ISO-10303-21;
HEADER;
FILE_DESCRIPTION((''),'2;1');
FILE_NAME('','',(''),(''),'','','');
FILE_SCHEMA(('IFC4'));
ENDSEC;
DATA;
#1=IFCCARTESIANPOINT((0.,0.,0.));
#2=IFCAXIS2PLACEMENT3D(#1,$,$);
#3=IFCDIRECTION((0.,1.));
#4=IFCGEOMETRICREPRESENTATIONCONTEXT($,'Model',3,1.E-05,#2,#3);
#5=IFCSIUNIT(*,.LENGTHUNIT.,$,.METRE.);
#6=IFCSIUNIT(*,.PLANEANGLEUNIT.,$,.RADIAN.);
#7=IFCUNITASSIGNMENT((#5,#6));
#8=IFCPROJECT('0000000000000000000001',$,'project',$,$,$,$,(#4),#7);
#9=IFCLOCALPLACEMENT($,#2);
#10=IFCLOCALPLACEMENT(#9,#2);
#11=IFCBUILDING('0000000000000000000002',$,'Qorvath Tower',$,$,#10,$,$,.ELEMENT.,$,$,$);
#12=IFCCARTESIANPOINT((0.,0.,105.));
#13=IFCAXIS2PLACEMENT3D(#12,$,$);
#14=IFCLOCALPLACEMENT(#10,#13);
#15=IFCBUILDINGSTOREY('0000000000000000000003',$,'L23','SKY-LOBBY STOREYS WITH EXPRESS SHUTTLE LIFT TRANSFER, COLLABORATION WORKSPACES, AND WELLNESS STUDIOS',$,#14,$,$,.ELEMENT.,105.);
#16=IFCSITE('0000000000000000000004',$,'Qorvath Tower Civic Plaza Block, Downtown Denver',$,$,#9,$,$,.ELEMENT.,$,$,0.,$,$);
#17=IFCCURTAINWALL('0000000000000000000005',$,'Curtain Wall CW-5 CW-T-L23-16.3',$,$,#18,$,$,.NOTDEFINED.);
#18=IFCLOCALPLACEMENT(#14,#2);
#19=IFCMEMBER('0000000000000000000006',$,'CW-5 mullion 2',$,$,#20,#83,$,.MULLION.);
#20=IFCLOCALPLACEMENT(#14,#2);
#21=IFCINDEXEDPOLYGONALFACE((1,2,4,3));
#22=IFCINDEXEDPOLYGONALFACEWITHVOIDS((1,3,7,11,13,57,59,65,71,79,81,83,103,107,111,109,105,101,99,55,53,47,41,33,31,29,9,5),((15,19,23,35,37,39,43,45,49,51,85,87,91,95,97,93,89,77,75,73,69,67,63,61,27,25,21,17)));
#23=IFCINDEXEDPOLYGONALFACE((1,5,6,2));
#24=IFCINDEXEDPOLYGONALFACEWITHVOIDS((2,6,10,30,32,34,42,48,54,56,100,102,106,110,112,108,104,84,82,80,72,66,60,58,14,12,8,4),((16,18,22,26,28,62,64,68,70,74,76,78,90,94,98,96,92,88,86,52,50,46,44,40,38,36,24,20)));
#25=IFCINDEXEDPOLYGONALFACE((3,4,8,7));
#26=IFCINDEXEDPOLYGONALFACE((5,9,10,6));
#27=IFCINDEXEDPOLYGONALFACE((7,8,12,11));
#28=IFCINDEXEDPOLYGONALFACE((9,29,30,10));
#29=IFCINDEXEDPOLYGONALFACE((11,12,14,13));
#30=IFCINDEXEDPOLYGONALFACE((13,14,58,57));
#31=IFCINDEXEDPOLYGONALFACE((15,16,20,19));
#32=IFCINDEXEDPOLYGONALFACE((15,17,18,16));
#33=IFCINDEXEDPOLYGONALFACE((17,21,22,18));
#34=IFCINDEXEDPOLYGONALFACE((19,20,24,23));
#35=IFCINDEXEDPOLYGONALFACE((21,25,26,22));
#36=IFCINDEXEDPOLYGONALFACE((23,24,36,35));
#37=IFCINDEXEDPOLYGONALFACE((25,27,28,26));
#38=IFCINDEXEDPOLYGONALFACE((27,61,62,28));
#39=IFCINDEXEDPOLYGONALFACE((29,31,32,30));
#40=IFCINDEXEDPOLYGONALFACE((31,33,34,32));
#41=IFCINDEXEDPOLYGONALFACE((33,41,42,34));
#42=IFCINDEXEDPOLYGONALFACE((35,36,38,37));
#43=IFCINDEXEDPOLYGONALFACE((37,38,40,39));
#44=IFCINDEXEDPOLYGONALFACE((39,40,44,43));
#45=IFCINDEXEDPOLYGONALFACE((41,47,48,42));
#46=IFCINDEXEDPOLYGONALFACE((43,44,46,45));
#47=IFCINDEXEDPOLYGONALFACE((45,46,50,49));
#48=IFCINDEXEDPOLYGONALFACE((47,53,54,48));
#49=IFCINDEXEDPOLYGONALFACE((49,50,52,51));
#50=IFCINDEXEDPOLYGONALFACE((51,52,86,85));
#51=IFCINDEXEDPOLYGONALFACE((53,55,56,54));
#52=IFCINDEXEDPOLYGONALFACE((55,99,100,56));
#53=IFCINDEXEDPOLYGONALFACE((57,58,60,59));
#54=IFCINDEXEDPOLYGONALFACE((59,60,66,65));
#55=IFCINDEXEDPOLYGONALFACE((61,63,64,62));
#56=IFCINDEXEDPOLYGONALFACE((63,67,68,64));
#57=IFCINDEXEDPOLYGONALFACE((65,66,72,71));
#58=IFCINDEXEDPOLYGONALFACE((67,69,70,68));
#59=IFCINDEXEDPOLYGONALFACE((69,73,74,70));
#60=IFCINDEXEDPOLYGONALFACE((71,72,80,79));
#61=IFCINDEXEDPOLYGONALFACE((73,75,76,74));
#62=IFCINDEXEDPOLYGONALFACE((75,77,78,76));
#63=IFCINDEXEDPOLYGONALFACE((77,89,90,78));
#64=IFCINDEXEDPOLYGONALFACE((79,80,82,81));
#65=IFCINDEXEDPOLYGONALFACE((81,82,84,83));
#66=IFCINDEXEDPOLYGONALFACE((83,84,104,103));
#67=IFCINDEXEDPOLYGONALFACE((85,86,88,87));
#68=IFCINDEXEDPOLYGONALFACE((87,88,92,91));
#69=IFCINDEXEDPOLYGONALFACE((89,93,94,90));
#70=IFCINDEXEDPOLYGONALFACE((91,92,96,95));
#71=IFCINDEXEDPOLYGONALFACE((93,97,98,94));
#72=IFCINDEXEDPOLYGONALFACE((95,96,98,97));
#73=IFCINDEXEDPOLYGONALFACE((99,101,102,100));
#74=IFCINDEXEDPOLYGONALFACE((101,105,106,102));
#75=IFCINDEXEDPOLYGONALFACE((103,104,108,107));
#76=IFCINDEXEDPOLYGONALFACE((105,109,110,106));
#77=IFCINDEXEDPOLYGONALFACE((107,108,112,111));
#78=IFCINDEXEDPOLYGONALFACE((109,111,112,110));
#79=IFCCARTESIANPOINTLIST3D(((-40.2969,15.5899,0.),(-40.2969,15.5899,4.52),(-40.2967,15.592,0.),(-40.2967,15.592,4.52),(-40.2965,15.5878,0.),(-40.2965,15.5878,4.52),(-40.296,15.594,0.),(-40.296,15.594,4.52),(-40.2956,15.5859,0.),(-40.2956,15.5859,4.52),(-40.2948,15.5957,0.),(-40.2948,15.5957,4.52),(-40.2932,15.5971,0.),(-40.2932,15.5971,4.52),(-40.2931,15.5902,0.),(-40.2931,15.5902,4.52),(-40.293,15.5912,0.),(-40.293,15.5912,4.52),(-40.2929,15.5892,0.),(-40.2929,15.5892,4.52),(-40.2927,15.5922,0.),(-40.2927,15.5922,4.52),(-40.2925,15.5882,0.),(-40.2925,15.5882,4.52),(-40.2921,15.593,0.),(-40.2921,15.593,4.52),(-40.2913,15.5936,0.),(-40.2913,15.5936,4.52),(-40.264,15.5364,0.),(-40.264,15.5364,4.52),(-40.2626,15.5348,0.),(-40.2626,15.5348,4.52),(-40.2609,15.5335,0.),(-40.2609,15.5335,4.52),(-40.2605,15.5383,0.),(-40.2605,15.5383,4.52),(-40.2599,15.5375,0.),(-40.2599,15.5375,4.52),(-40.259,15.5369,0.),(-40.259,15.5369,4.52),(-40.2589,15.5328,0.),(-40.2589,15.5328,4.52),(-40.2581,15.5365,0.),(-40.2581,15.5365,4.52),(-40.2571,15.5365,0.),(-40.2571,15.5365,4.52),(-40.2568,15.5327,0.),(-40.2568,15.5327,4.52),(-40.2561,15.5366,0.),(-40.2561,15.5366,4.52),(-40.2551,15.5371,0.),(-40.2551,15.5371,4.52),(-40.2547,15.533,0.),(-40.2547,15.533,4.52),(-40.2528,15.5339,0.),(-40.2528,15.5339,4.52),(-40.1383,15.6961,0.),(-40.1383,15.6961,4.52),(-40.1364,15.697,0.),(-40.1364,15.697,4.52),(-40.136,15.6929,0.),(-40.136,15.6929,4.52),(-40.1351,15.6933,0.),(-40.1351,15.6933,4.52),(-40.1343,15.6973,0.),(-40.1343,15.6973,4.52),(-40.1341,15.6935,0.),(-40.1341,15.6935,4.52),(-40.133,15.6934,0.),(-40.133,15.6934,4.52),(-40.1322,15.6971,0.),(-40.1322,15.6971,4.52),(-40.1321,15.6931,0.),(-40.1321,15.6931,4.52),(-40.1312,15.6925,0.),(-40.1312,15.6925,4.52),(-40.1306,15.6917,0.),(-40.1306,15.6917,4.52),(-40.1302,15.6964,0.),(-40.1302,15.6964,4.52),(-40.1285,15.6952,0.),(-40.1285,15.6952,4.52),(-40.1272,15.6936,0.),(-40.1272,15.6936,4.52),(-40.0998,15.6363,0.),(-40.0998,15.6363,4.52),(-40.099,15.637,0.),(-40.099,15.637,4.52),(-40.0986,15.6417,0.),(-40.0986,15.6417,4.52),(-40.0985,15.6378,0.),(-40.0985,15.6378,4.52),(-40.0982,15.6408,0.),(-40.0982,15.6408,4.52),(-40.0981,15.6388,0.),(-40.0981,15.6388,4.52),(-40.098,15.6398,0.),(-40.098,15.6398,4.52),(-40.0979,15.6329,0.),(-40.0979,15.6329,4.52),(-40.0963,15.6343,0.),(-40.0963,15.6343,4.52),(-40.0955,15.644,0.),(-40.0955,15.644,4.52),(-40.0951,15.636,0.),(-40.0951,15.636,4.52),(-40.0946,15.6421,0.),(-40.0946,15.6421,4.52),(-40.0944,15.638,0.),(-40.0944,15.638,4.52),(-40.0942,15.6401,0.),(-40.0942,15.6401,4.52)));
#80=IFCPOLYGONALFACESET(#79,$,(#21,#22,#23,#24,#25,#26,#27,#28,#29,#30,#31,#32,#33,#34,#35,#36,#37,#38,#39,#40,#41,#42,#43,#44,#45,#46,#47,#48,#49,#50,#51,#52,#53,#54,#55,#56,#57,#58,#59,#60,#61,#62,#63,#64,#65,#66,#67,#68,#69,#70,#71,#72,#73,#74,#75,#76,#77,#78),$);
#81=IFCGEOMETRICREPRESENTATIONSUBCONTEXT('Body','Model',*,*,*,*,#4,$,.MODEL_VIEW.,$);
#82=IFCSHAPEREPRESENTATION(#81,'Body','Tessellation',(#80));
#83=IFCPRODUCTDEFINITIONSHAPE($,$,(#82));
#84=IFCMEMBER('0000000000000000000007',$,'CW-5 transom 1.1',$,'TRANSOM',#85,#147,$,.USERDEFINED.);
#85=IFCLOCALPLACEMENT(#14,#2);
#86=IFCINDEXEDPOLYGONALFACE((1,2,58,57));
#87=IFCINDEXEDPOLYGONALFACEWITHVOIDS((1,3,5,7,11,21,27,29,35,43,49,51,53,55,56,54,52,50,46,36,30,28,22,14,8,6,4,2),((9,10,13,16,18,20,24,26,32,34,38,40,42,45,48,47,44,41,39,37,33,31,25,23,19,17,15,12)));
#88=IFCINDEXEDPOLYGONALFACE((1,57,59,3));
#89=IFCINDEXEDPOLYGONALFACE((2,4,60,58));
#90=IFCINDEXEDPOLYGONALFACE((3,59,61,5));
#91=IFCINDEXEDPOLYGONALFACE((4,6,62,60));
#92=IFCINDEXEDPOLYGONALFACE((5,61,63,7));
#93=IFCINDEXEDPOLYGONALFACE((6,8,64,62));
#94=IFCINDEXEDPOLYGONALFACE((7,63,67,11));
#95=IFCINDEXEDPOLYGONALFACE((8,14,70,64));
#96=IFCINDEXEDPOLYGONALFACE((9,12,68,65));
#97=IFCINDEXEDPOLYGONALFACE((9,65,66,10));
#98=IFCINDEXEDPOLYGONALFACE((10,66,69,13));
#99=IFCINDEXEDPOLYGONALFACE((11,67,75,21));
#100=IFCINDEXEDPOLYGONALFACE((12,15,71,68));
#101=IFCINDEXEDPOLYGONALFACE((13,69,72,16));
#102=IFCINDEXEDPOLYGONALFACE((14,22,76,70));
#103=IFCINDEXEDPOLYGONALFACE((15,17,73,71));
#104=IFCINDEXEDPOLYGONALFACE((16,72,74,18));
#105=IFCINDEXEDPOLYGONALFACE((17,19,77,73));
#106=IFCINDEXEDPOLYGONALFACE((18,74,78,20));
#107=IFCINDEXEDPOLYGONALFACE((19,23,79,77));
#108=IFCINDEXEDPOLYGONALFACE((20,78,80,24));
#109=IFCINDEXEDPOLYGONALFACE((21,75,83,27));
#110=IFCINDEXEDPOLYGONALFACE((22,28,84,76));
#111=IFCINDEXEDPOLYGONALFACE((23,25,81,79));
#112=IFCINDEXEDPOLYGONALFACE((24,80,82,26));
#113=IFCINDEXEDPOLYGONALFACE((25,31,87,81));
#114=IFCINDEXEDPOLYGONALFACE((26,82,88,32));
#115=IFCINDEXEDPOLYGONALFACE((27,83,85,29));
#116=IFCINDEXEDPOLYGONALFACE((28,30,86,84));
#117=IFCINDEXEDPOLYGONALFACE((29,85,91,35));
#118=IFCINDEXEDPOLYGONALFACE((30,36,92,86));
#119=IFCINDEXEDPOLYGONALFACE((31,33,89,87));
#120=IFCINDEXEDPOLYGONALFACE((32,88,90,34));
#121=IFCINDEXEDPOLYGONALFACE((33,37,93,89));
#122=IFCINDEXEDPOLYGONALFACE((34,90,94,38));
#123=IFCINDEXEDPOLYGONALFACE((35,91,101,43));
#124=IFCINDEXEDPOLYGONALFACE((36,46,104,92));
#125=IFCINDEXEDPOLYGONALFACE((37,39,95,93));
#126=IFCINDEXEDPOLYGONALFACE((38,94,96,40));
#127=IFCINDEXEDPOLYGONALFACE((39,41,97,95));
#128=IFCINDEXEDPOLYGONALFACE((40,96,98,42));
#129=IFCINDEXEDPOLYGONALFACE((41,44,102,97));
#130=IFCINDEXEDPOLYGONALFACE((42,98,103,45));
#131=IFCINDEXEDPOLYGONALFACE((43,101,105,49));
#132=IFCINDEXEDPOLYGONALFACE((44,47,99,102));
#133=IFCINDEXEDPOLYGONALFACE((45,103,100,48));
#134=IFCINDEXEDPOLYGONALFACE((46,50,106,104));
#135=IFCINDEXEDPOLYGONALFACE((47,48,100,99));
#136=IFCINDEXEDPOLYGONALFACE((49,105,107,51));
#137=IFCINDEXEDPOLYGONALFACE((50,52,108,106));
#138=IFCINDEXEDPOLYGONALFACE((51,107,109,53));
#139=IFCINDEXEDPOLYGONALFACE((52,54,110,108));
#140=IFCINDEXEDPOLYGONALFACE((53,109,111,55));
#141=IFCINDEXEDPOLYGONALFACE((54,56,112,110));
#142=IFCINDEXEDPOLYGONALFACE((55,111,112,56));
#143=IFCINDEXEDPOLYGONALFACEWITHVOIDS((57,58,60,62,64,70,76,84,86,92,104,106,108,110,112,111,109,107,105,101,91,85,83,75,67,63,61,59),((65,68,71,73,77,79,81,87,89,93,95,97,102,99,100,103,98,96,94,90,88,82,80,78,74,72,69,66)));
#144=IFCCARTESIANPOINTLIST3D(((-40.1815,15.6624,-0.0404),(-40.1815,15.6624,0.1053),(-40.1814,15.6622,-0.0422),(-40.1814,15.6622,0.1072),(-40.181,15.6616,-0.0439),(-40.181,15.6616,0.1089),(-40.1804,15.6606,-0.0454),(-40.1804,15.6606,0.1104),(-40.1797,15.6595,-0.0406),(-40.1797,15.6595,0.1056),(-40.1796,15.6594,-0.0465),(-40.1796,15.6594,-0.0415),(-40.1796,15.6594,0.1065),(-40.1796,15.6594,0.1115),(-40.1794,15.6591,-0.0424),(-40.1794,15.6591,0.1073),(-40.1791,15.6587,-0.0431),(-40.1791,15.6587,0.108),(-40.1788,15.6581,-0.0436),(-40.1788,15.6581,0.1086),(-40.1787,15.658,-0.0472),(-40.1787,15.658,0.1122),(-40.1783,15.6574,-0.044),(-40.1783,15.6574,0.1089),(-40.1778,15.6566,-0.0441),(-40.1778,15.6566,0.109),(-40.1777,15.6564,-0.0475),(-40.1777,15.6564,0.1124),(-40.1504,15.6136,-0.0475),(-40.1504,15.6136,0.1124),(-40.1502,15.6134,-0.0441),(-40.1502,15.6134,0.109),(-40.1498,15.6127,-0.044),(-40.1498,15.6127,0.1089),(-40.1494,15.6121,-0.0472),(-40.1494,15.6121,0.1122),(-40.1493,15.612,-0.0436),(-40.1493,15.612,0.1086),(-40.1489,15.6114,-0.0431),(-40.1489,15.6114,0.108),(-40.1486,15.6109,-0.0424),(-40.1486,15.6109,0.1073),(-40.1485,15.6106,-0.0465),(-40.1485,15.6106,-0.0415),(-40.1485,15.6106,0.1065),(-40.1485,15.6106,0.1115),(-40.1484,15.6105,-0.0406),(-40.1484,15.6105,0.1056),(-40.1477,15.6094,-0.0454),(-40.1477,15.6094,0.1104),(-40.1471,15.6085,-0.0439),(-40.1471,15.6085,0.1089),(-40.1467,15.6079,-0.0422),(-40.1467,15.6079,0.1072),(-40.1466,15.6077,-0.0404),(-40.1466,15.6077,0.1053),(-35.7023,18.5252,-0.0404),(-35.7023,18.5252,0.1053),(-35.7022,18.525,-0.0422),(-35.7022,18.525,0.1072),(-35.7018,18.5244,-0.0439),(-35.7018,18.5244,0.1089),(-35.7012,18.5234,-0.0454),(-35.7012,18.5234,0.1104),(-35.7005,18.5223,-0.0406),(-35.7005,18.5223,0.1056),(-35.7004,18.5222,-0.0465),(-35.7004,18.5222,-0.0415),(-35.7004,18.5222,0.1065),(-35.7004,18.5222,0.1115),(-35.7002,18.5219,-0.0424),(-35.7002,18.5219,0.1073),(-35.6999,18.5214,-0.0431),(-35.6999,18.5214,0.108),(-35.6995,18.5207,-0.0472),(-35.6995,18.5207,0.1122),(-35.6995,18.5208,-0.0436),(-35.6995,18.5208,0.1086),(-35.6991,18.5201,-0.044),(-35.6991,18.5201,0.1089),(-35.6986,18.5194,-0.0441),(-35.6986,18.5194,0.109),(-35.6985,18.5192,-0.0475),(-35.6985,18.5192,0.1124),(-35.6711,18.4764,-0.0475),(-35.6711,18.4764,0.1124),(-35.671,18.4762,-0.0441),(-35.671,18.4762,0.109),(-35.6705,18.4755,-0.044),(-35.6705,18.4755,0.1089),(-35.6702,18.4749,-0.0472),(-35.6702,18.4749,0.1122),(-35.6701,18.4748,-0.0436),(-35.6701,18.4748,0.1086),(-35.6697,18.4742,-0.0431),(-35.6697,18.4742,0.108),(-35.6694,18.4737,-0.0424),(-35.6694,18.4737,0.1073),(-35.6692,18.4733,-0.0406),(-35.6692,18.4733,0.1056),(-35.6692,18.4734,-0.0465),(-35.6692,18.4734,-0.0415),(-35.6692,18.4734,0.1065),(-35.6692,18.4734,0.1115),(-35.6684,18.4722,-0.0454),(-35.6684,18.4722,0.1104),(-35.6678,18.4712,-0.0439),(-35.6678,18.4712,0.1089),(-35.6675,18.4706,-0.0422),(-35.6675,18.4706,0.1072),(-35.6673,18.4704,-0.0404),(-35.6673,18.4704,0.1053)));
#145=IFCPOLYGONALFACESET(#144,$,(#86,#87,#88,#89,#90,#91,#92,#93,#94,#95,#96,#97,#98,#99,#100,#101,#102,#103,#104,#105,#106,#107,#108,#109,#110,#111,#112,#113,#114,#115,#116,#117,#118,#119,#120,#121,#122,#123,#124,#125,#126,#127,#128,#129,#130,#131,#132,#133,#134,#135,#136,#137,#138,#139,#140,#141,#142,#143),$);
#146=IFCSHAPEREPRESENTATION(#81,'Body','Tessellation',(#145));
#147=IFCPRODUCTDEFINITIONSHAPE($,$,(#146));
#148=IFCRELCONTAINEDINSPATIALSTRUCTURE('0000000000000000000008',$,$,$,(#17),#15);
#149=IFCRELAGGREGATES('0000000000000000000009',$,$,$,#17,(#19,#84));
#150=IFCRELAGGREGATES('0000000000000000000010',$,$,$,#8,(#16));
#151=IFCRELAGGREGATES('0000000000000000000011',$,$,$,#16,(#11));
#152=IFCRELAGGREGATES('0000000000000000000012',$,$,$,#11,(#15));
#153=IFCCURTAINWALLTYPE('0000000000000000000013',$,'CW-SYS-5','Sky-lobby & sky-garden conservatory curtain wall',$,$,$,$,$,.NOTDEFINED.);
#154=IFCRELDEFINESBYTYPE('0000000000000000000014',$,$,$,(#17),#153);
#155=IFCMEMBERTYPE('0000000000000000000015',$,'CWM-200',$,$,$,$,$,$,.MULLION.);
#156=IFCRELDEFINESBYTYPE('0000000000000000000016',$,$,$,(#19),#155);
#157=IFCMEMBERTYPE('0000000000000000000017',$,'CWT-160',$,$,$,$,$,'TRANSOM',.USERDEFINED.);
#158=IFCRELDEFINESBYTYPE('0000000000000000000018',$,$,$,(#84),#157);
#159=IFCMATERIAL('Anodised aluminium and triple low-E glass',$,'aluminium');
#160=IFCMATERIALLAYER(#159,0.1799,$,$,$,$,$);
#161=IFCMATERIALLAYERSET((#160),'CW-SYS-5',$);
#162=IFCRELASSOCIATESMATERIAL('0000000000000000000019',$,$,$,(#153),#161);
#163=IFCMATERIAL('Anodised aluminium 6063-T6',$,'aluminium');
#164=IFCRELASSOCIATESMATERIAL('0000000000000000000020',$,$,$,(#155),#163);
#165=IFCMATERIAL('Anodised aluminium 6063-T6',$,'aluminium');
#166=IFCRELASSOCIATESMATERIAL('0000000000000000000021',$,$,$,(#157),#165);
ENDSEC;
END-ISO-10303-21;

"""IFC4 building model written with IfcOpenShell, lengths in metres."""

from ifc_helpers import new_model, si_unit, direction, frame, origin, origin_2d, place, context, subcontext, project, spatial, hollow_rectangle, extrude, material, layer, layer_set, material_profile, profile_set, type_object, element, aggregate, save


model = new_model("IFC4")

# Units and contexts
model_context = context("Model", 3, precision=1e-05, world=origin(), true_north=direction((0.0, 1.0)))
body_context = subcontext(model_context, "Body", "Model", "MODEL_VIEW")
ifc_project = project(units=[si_unit("LENGTHUNIT", "METRE"), si_unit("PLANEANGLEUNIT", "RADIAN")], contexts=[model_context])

# Site, building, storey
site_placement = place(None, origin())
site = spatial("IfcSite", under=ifc_project, at=site_placement, Name="Qorvath Tower Civic Plaza Block, Downtown Denver", CompositionType="ELEMENT", RefElevation=0.0)
building_placement = place(site_placement, origin())
building = spatial("IfcBuilding", under=site, at=building_placement, Name="Qorvath Tower", CompositionType="ELEMENT")
storey_placement = place(building_placement, frame((0.0, 0.0, 105.0)))
storey = spatial("IfcBuildingStorey", under=building, at=storey_placement, Name="L23", Description="SKY-LOBBY STOREYS WITH EXPRESS SHUTTLE LIFT TRANSFER, COLLABORATION WORKSPACES, AND WELLNESS STUDIOS", CompositionType="ELEMENT", Elevation=105.0)

# Shared definitions
ifc_material_1 = material(Name="Anodised aluminium and triple low-E glass", Category="aluminium")
ifc_layer_1 = layer(ifc_material_1, 0.1799)
ifc_layer_set_1 = layer_set([ifc_layer_1], Name="CW-SYS-5")
curtain_wall_type = type_object("IfcCurtainWallType", Name="CW-SYS-5", Description="Sky-lobby & sky-garden conservatory curtain wall", PredefinedType="NOTDEFINED", material=ifc_layer_set_1)
ifc_material_2 = material(Name="Anodised aluminium 6063-T6", Category="aluminium")
ifc_material_profile_1 = material_profile(ifc_material_2, hollow_rectangle(XDim=0.075, YDim=0.2, WallThickness=0.0039, InnerFilletRadius=0.0039, OuterFilletRadius=0.0081, at=origin_2d()), Name="CWM 200x75")
ifc_profile_set_1 = profile_set([ifc_material_profile_1], Name="Anodised aluminium 6063-T6")
member_type_1 = type_object("IfcMemberType", Name="CWM-200", PredefinedType="MULLION", material=ifc_profile_set_1)

# Curtain wall, members
curtain_wall_1_placement = place(storey_placement, origin())
curtain_wall_1 = element("IfcCurtainWall", 1, at=curtain_wall_1_placement, inside=storey, type_object=curtain_wall_type, Name="Curtain Wall CW-5 CW-T-L23-16.3", PredefinedType="NOTDEFINED")
member_1_placement = place(storey_placement, frame((-40.1956, 15.615, 0.0), z_axis=(0.0, 0.0, 1.0), x_axis=(0.538532, -0.842605, 0.0)))
member_1 = element("IfcMember", 2, at=member_1_placement, type_object=member_type_1, Name="CW-5 mullion 2", PredefinedType="MULLION", context=body_context, shape_type="SweptSolid", body=[
    extrude(hollow_rectangle(XDim=0.075, YDim=0.2, WallThickness=0.0039, InnerFilletRadius=0.0039, OuterFilletRadius=0.0081, at=origin_2d()), origin(), (0.0, 0.0, 1.0), 4.52),
])
ifc_material_3 = material(Name="Anodised aluminium 6063-T6", Category="aluminium")
ifc_material_profile_2 = material_profile(ifc_material_3, hollow_rectangle(XDim=0.0649, YDim=0.1599, WallThickness=0.0034, InnerFilletRadius=0.0034, OuterFilletRadius=0.0071, at=origin_2d()), Name="CWT 160x65")
ifc_profile_set_2 = profile_set([ifc_material_profile_2], Name="Anodised aluminium 6063-T6")
member_type_2 = type_object("IfcMemberType", Name="CWT-160", ElementType="TRANSOM", PredefinedType="USERDEFINED", material=ifc_profile_set_2)
member_2_placement = place(storey_placement, frame((-35.6848, 18.4978, 0.0325), z_axis=(-0.842607, -0.53853, 0.0), x_axis=(0.53853, -0.842607, 0.0)))
member_2 = element("IfcMember", 3, at=member_2_placement, type_object=member_type_2, Name="CW-5 transom 1.1", ObjectType="TRANSOM", PredefinedType="USERDEFINED", context=body_context, shape_type="SweptSolid", body=[
    extrude(hollow_rectangle(XDim=0.0649, YDim=0.1599, WallThickness=0.0034, InnerFilletRadius=0.0034, OuterFilletRadius=0.0071, at=origin_2d()), origin(), (0.0, 0.0, 1.0), 5.3159),
])

aggregate(curtain_wall_1, [member_1, member_2])

save(model, "model.ifc")
